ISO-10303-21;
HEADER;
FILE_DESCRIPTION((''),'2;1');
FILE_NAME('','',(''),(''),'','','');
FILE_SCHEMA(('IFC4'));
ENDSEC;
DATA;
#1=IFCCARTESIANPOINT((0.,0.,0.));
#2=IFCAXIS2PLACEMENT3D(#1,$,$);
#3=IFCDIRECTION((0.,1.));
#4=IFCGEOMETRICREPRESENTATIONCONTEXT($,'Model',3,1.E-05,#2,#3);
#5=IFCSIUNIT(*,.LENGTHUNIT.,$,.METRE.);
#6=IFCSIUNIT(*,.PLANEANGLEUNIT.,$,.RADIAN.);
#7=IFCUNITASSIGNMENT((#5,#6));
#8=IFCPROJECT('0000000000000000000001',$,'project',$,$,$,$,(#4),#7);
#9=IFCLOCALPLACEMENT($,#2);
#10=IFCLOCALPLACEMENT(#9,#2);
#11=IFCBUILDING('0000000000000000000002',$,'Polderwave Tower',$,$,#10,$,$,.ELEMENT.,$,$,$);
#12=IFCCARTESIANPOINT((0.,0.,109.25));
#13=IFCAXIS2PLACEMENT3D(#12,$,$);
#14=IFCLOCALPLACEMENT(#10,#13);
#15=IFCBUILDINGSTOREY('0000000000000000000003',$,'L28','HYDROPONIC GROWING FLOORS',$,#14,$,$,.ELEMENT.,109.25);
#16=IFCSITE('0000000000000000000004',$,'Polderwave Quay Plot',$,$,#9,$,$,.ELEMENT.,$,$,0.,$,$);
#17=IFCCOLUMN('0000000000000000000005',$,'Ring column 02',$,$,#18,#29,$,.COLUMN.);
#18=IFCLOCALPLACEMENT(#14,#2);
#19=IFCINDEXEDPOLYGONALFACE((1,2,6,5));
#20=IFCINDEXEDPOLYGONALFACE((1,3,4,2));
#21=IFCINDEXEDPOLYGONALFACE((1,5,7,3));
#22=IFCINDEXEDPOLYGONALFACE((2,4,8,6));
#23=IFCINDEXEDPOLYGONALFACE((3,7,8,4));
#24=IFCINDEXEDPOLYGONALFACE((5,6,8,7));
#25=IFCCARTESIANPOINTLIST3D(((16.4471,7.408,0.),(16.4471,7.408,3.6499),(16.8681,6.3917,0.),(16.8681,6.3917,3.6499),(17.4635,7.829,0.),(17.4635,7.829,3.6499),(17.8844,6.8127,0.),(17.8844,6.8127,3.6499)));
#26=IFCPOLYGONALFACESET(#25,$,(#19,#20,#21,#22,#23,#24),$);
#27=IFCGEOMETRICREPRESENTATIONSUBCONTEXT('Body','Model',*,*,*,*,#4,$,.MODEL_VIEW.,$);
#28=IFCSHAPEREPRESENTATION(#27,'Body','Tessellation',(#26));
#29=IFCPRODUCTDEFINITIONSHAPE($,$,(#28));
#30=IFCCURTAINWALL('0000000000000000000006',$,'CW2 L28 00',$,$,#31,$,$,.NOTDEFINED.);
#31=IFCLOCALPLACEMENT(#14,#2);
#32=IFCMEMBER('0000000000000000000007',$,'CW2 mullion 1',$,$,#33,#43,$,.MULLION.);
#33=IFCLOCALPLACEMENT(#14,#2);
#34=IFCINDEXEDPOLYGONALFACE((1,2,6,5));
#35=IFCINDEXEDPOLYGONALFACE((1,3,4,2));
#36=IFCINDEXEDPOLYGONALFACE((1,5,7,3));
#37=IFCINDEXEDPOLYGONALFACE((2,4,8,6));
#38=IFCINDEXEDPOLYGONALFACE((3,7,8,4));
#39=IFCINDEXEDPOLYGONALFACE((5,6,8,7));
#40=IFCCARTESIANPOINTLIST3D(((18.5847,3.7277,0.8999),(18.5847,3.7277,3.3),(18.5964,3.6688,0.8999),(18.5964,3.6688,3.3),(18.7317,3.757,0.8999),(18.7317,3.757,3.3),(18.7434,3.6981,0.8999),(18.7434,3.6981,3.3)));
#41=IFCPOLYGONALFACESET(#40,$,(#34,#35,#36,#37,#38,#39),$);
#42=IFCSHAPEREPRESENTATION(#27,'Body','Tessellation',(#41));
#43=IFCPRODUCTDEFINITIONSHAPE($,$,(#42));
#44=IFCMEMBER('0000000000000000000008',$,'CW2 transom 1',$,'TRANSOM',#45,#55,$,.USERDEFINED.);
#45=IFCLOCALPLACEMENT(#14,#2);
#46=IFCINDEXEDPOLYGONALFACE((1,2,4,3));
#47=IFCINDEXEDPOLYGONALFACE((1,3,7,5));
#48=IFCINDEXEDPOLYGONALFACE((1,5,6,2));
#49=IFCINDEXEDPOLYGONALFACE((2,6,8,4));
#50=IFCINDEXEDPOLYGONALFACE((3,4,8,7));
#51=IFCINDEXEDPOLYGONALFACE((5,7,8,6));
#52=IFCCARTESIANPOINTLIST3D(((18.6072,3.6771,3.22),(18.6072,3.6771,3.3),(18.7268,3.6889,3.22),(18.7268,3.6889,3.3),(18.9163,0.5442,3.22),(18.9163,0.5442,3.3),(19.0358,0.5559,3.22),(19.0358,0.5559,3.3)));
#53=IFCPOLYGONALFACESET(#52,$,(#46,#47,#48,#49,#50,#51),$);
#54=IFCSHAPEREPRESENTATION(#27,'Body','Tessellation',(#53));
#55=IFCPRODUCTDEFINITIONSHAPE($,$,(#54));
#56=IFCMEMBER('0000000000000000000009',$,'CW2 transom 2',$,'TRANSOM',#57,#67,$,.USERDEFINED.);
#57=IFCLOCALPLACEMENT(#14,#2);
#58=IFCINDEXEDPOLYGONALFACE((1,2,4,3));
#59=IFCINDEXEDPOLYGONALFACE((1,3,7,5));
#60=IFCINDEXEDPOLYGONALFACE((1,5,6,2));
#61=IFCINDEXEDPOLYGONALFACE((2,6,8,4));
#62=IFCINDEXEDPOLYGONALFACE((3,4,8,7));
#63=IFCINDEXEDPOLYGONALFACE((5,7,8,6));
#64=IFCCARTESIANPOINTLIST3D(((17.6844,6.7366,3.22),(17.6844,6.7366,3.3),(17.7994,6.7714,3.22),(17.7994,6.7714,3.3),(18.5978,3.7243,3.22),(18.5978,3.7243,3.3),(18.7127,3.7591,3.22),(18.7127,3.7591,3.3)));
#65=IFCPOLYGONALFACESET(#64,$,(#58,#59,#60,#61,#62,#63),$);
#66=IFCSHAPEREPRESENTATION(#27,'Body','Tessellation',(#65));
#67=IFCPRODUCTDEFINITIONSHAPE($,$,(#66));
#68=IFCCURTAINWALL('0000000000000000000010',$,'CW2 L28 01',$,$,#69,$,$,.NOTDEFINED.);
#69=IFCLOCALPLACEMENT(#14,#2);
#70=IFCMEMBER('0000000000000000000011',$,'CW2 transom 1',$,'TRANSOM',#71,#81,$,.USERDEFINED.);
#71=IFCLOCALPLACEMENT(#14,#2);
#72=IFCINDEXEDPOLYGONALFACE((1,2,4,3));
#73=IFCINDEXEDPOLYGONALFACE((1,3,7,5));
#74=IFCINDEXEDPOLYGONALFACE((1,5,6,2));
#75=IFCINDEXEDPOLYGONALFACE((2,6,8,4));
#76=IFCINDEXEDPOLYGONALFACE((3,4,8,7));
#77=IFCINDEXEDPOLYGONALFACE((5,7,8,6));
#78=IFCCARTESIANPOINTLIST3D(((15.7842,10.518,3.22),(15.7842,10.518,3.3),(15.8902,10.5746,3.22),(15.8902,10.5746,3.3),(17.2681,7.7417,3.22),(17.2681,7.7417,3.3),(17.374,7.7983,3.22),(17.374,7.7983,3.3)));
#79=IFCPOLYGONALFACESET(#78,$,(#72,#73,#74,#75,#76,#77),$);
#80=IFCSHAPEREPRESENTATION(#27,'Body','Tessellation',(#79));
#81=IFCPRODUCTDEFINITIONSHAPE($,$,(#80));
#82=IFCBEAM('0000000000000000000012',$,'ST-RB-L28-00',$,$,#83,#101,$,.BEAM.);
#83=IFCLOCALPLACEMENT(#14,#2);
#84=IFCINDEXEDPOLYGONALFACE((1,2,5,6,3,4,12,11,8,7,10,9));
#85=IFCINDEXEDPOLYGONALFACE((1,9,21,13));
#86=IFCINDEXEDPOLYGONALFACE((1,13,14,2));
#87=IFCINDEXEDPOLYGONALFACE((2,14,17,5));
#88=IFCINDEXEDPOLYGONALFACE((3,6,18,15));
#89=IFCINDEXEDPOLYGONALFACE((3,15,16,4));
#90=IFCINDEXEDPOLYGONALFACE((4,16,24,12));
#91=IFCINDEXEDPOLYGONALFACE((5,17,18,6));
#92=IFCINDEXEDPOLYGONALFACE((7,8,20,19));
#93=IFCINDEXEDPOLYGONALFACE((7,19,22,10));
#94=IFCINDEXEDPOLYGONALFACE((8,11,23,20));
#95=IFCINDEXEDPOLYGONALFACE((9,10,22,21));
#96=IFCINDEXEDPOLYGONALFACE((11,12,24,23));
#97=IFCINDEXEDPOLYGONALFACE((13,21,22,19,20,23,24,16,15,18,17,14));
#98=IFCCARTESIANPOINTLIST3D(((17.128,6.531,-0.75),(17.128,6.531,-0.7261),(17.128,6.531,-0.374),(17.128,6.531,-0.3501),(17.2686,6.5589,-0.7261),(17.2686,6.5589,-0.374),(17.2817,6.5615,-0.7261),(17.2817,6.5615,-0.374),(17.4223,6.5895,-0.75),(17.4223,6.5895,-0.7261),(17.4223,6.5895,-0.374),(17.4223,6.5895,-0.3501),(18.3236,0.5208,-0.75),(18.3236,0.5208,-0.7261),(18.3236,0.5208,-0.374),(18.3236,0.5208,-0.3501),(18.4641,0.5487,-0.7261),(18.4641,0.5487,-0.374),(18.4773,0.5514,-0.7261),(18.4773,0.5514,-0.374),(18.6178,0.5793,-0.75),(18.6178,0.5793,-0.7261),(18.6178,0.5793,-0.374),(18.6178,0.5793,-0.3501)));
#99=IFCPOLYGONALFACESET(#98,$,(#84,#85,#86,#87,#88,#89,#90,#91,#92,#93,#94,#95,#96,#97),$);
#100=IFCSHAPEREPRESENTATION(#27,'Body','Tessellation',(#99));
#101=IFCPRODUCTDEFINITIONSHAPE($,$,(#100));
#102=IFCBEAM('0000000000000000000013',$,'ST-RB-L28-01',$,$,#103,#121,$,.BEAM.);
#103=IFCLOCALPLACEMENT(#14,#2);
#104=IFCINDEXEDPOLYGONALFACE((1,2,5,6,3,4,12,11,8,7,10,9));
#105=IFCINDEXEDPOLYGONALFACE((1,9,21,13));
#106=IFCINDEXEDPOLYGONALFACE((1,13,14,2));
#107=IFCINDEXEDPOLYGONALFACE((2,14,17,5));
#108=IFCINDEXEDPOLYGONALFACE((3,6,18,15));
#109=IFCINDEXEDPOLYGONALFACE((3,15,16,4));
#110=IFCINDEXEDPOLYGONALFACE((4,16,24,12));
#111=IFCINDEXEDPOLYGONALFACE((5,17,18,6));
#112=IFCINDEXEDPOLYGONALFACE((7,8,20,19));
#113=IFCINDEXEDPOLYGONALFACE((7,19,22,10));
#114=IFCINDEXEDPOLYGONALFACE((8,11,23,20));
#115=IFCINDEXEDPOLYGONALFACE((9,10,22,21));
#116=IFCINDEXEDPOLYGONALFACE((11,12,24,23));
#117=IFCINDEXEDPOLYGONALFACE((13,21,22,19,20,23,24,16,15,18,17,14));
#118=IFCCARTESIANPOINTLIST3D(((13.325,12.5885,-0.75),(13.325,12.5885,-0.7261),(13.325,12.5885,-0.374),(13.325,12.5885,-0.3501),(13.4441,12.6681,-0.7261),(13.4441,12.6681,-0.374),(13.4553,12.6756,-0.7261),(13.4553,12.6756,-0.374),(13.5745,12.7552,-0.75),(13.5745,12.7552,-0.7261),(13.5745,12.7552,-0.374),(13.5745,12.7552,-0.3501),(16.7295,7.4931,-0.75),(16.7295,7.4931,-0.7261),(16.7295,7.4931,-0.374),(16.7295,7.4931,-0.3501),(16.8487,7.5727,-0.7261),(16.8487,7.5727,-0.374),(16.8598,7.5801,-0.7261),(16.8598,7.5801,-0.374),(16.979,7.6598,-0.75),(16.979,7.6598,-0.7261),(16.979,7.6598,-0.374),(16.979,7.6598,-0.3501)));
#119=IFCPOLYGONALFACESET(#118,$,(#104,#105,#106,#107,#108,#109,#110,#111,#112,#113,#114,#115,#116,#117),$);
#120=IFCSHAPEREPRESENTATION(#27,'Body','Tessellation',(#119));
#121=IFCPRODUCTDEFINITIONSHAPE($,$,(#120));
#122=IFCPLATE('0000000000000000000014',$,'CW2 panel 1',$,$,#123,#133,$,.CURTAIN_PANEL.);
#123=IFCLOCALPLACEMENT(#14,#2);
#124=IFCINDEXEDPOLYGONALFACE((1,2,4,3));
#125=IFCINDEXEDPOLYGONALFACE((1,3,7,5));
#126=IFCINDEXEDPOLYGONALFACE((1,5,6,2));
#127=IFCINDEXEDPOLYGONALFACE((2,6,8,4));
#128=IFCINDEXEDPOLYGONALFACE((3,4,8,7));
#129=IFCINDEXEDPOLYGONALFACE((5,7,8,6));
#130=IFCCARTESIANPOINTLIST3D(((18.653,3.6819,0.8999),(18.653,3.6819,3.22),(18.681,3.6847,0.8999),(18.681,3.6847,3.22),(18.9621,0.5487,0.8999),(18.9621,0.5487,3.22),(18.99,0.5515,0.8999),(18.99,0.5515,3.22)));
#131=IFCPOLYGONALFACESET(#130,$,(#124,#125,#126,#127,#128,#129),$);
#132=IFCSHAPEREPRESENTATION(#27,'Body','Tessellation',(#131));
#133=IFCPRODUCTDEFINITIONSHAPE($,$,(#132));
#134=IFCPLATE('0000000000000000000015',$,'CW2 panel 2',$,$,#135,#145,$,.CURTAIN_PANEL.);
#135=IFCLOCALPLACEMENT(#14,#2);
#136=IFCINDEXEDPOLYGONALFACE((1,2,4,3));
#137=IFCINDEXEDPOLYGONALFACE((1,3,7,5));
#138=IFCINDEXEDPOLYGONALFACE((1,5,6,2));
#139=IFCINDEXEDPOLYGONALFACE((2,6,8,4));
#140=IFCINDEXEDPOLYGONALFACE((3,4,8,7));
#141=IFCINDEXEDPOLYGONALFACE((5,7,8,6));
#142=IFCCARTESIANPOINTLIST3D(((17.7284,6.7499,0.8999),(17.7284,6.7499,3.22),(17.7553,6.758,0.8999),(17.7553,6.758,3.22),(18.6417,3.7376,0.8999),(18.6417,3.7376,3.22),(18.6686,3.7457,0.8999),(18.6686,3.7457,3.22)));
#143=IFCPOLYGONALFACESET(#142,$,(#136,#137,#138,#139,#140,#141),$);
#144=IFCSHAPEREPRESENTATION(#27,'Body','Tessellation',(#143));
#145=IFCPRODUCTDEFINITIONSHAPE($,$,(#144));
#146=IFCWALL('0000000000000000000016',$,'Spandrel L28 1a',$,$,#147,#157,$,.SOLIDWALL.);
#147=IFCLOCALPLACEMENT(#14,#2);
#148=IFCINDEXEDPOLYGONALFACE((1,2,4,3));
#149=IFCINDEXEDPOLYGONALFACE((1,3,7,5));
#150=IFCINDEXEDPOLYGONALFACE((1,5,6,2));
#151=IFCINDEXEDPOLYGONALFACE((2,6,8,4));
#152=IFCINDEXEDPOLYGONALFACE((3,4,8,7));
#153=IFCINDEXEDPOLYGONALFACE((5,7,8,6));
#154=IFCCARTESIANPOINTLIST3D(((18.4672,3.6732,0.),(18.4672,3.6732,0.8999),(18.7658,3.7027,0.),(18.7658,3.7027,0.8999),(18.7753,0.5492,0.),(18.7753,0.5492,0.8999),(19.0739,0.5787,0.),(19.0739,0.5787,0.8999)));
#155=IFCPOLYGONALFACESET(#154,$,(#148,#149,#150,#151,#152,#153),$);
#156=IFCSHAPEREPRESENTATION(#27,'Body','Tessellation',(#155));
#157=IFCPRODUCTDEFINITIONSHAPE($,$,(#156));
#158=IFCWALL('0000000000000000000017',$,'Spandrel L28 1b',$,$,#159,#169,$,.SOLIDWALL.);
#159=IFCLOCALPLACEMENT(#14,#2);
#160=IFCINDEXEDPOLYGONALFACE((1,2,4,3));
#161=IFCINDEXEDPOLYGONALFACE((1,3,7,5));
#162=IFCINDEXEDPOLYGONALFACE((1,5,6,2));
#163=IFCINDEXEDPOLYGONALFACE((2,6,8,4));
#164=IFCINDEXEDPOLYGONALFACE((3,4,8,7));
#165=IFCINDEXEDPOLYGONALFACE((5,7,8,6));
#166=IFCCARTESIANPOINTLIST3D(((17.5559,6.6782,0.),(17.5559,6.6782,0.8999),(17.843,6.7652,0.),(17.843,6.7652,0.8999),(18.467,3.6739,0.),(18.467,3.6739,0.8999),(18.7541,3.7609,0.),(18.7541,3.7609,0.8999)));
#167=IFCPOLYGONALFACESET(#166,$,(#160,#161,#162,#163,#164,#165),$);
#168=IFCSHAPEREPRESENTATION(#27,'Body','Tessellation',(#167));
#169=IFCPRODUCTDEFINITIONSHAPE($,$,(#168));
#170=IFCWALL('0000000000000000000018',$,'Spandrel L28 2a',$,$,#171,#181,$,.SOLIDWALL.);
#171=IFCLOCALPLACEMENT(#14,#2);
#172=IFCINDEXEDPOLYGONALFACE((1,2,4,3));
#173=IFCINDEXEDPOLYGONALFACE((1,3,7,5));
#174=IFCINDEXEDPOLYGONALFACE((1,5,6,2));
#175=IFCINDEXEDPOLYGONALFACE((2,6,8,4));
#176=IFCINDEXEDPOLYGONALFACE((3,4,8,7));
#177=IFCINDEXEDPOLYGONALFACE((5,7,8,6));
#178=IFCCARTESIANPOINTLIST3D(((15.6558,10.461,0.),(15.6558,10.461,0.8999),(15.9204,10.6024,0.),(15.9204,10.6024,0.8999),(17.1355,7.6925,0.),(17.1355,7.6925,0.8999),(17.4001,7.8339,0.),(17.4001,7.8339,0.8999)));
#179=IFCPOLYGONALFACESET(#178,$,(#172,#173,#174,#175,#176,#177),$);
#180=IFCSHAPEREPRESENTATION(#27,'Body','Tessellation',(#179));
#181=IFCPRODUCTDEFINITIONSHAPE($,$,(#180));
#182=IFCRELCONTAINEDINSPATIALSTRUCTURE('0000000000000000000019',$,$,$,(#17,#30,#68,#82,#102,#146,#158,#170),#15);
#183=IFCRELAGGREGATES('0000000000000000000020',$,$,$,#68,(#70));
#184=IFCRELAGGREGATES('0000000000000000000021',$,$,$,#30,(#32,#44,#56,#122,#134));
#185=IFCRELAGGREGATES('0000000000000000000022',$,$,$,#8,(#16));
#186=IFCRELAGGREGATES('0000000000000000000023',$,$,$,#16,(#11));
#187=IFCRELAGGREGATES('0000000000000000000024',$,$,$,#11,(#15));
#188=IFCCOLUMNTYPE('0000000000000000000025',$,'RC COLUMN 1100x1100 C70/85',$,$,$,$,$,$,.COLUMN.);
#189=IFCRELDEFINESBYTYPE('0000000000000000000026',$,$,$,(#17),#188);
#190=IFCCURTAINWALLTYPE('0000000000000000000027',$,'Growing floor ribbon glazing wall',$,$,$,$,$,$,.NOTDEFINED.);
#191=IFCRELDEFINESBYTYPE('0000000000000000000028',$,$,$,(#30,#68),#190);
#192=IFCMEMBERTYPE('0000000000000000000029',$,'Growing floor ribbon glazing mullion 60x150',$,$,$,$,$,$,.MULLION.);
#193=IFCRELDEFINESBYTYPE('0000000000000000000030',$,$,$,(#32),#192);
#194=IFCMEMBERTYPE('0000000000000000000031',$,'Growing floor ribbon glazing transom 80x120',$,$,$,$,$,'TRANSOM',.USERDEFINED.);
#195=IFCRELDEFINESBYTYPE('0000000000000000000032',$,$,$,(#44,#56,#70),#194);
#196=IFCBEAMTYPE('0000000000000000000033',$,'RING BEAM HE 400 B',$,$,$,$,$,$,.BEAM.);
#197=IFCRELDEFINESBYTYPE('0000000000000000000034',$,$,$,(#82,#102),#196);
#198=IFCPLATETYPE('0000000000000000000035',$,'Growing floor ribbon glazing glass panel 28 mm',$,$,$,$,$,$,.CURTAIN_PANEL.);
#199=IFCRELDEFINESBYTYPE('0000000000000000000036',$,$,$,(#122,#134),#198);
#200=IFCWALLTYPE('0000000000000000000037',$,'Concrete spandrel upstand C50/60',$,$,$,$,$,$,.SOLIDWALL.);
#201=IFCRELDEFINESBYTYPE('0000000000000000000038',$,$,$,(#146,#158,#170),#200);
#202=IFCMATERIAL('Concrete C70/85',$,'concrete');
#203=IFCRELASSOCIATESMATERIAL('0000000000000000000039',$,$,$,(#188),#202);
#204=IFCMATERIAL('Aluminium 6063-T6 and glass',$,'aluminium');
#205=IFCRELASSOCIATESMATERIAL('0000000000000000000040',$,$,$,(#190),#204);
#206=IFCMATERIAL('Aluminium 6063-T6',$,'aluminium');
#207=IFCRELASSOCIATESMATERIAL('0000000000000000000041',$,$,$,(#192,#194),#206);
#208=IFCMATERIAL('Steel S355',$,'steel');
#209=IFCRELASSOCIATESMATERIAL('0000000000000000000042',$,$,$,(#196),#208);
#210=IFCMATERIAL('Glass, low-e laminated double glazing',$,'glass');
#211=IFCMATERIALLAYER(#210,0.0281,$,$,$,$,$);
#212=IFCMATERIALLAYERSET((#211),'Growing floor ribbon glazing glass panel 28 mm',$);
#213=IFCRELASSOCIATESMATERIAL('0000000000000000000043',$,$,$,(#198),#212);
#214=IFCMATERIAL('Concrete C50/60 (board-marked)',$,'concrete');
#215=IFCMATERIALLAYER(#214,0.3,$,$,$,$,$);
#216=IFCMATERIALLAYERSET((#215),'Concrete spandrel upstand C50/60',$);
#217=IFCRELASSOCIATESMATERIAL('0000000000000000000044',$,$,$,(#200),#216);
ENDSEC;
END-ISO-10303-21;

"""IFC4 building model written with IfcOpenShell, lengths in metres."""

from ifc_helpers import new_model, si_unit, direction, frame, frame_2d, origin, origin_2d, place, context, subcontext, project, spatial, rectangle, i_section, extrude, material, layer, layer_set, material_profile, profile_set, type_object, element, aggregate, save


model = new_model("IFC4")

# Units and contexts
model_context = context("Model", 3, precision=1e-05, world=origin(), true_north=direction((0.0, 1.0)))
body_context = subcontext(model_context, "Body", "Model", "MODEL_VIEW")
ifc_project = project(units=[si_unit("LENGTHUNIT", "METRE"), si_unit("PLANEANGLEUNIT", "RADIAN")], contexts=[model_context])

# Site, building, storey
site_placement = place(None, origin())
site = spatial("IfcSite", under=ifc_project, at=site_placement, Name="Polderwave Quay Plot", CompositionType="ELEMENT", RefElevation=0.0)
building_placement = place(site_placement, origin())
building = spatial("IfcBuilding", under=site, at=building_placement, Name="Polderwave Tower", CompositionType="ELEMENT")
storey_placement = place(building_placement, frame((0.0, 0.0, 109.25)))
storey = spatial("IfcBuildingStorey", under=building, at=storey_placement, Name="L28", Description="HYDROPONIC GROWING FLOORS", CompositionType="ELEMENT", Elevation=109.25)

# Column
ifc_material_1 = material(Name="Concrete C70/85", Category="concrete")
ifc_material_profile_1 = material_profile(ifc_material_1, rectangle(XDim=1.1001, YDim=1.1001, at=origin_2d()), Name="RC 1100x1100")
ifc_profile_set_1 = profile_set([ifc_material_profile_1], Name="Concrete C70/85")
column_type = type_object("IfcColumnType", Name="RC COLUMN 1100x1100 C70/85", PredefinedType="COLUMN", material=ifc_profile_set_1)
column_placement = place(storey_placement, frame((17.1658, 7.1104, 0.0), z_axis=(0.0, 0.0, 1.0), x_axis=(0.92388, 0.382683, 0.0)))
element("IfcColumn", 1, at=column_placement, inside=storey, type_object=column_type, Name="Ring column 02", PredefinedType="COLUMN", context=body_context, shape_type="SweptSolid", body=[
    extrude(rectangle(XDim=1.1001, YDim=1.1001, at=origin_2d()), origin(), (0.0, 0.0, 1.0), 3.6499),
])

# Curtain wall, members
ifc_material_2 = material(Name="Aluminium 6063-T6 and glass", Category="aluminium")
curtain_wall_type = type_object("IfcCurtainWallType", Name="Growing floor ribbon glazing wall", PredefinedType="NOTDEFINED", material=ifc_material_2)
curtain_wall_1_placement = place(storey_placement, origin())
curtain_wall_1 = element("IfcCurtainWall", 2, at=curtain_wall_1_placement, inside=storey, type_object=curtain_wall_type, Name="CW2 L28 00", PredefinedType="NOTDEFINED")
ifc_material_3 = material(Name="Aluminium 6063-T6", Category="aluminium")
ifc_material_profile_2 = material_profile(ifc_material_3, rectangle(XDim=0.1499, YDim=0.0601, at=origin_2d()), Name="AL 60x150")
ifc_profile_set_2 = profile_set([ifc_material_profile_2], Name="Aluminium 6063-T6")
member_type_1 = type_object("IfcMemberType", Name="Growing floor ribbon glazing mullion 60x150", PredefinedType="MULLION", material=ifc_profile_set_2)
member_1_placement = place(storey_placement, frame((18.6641, 3.7129, 0.8999), z_axis=(0.0, 0.0, 1.0), x_axis=(-0.980785, -0.195092, 0.0)))
member_1 = element("IfcMember", 3, at=member_1_placement, type_object=member_type_1, Name="CW2 mullion 1", PredefinedType="MULLION", context=body_context, shape_type="SweptSolid", body=[
    extrude(rectangle(XDim=0.1499, YDim=0.0601, at=origin_2d()), origin(), (0.0, 0.0, 1.0), 2.4001),
])
ifc_material_profile_3 = material_profile(ifc_material_3, rectangle(XDim=0.1201, YDim=0.0801, at=origin_2d()), Name="AL 80x120")
ifc_profile_set_3 = profile_set([ifc_material_profile_3], Name="Aluminium 6063-T6")
member_type_2 = type_object("IfcMemberType", Name="Growing floor ribbon glazing transom 80x120", ElementType="TRANSOM", PredefinedType="USERDEFINED", material=ifc_profile_set_3)
member_2_placement = place(storey_placement, frame((18.9761, 0.55, 3.26), z_axis=(-0.098175, 0.995169, 0.0), x_axis=(-0.995169, -0.098175, 0.0)))
member_2 = element("IfcMember", 4, at=member_2_placement, type_object=member_type_2, Name="CW2 transom 1", ObjectType="TRANSOM", PredefinedType="USERDEFINED", context=body_context, shape_type="SweptSolid", body=[
    extrude(rectangle(XDim=0.1201, YDim=0.0801, at=origin_2d()), origin(), (0.0, 0.0, 1.0), 3.1482),
])
member_3_placement = place(storey_placement, frame((18.6553, 3.7417, 3.26), z_axis=(-0.290165, 0.956977, 0.0), x_axis=(-0.956977, -0.290165, 0.0)))
member_3 = element("IfcMember", 5, at=member_3_placement, type_object=member_type_2, Name="CW2 transom 2", ObjectType="TRANSOM", PredefinedType="USERDEFINED", context=body_context, shape_type="SweptSolid", body=[
    extrude(rectangle(XDim=0.1201, YDim=0.0801, at=origin_2d()), origin(), (0.0, 0.0, 1.0), 3.1477),
])

# Curtain wall, member
curtain_wall_2_placement = place(storey_placement, origin())
curtain_wall_2 = element("IfcCurtainWall", 6, at=curtain_wall_2_placement, inside=storey, type_object=curtain_wall_type, Name="CW2 L28 01", PredefinedType="NOTDEFINED")
member_4_placement = place(storey_placement, frame((17.321, 7.77, 3.26), z_axis=(-0.471369, 0.881936, 0.0), x_axis=(-0.881936, -0.471369, 0.0)))
member_4 = element("IfcMember", 7, at=member_4_placement, type_object=member_type_2, Name="CW2 transom 1", ObjectType="TRANSOM", PredefinedType="USERDEFINED", context=body_context, shape_type="SweptSolid", body=[
    extrude(rectangle(XDim=0.1201, YDim=0.0801, at=origin_2d()), origin(), (0.0, 0.0, 1.0), 3.1479),
])
aggregate(curtain_wall_2, [member_4])

# Beams
ifc_material_4 = material(Name="Steel S355", Category="steel")
ifc_material_profile_4 = material_profile(ifc_material_4, i_section(OverallWidth=0.3, OverallDepth=0.3999, WebThickness=0.0134, FlangeThickness=0.0239, at=origin_2d()), Name="HE 400 B")
ifc_profile_set_4 = profile_set([ifc_material_profile_4], Name="Steel S355")
beam_type = type_object("IfcBeamType", Name="RING BEAM HE 400 B", PredefinedType="BEAM", material=ifc_profile_set_4)
beam_1_placement = place(storey_placement, frame((18.4707, 0.55, -0.55), z_axis=(-0.195097, 0.980784, 0.0), x_axis=(-0.980784, -0.195097, 0.0)))
element("IfcBeam", 8, at=beam_1_placement, inside=storey, type_object=beam_type, Name="ST-RB-L28-00", PredefinedType="BEAM", context=body_context, shape_type="SweptSolid", body=[
    extrude(i_section(OverallWidth=0.3, OverallDepth=0.3999, WebThickness=0.0134, FlangeThickness=0.0239, at=origin_2d()), origin(), (0.0, 0.0, 1.0), 6.1279),
])
beam_2_placement = place(storey_placement, frame((16.8542, 7.5764, -0.55), z_axis=(-0.555555, 0.83148, 0.0), x_axis=(-0.83148, -0.555555, 0.0)))
element("IfcBeam", 9, at=beam_2_placement, inside=storey, type_object=beam_type, Name="ST-RB-L28-01", PredefinedType="BEAM", context=body_context, shape_type="SweptSolid", body=[
    extrude(i_section(OverallWidth=0.3, OverallDepth=0.3999, WebThickness=0.0134, FlangeThickness=0.0239, at=origin_2d()), origin(), (0.0, 0.0, 1.0), 6.1282),
])

# Plates
ifc_material_5 = material(Name="Glass, low-e laminated double glazing", Category="glass")
ifc_layer_1 = layer(ifc_material_5, 0.0281)
ifc_layer_set_1 = layer_set([ifc_layer_1], Name="Growing floor ribbon glazing glass panel 28 mm")
plate_type = type_object("IfcPlateType", Name="Growing floor ribbon glazing glass panel 28 mm", PredefinedType="CURTAIN_PANEL", material=ifc_layer_set_1)
plate_1_placement = place(storey_placement, frame((18.8215, 2.1167, 0.8999), z_axis=(0.0, 0.0, 1.0), x_axis=(-0.098165, 0.99517, 0.0)))
plate_1 = element("IfcPlate", 10, at=plate_1_placement, type_object=plate_type, Name="CW2 panel 1", PredefinedType="CURTAIN_PANEL", context=body_context, shape_type="SweptSolid", body=[
    extrude(rectangle(XDim=3.1484, YDim=0.0281, at=origin_2d()), origin(), (0.0, 0.0, 1.0), 2.3201),
])
plate_2_placement = place(storey_placement, frame((18.1985, 5.2478, 0.8999), z_axis=(0.0, 0.0, 1.0), x_axis=(-0.290148, 0.956982, 0.0)))
plate_2 = element("IfcPlate", 11, at=plate_2_placement, type_object=plate_type, Name="CW2 panel 2", PredefinedType="CURTAIN_PANEL", context=body_context, shape_type="SweptSolid", body=[
    extrude(rectangle(XDim=3.1477, YDim=0.0281, at=origin_2d()), origin(), (0.0, 0.0, 1.0), 2.3201),
])
aggregate(curtain_wall_1, [member_1, member_2, member_3, plate_1, plate_2])

# Walls
ifc_material_6 = material(Name="Concrete C50/60 (board-marked)", Category="concrete")
ifc_layer_2 = layer(ifc_material_6, 0.3)
ifc_layer_set_2 = layer_set([ifc_layer_2], Name="Concrete spandrel upstand C50/60")
wall_type_1 = type_object("IfcWallType", Name="Concrete spandrel upstand C50/60", PredefinedType="SOLIDWALL", material=ifc_layer_set_2)
wall_1_placement = place(storey_placement, frame((18.9246, 0.564, 0.0), z_axis=(0.0, 0.0, 1.0), x_axis=(-0.098148, 0.995172, 0.0)))
element("IfcWall", 12, at=wall_1_placement, inside=storey, type_object=wall_type_1, Name="Spandrel L28 1a", PredefinedType="SOLIDWALL", context=body_context, shape_type="SweptSolid", body=[
    extrude(rectangle(XDim=3.1392, YDim=0.3, at=frame_2d((1.5696, 0.0))), origin(), (0.0, 0.0, 1.0), 0.8999),
])
wall_2_placement = place(storey_placement, frame((18.6106, 3.7173, 0.0), z_axis=(0.0, 0.0, 1.0), x_axis=(-0.290215, 0.956962, 0.0)))
element("IfcWall", 13, at=wall_2_placement, inside=storey, type_object=wall_type_1, Name="Spandrel L28 1b", PredefinedType="SOLIDWALL", context=body_context, shape_type="SweptSolid", body=[
    extrude(rectangle(XDim=3.1394, YDim=0.3, at=frame_2d((1.5698, 0.0))), origin(), (0.0, 0.0, 1.0), 0.8999),
])
wall_3_placement = place(storey_placement, frame((17.2678, 7.7632, 0.0), z_axis=(0.0, 0.0, 1.0), x_axis=(-0.471375, 0.881933, 0.0)))
element("IfcWall", 14, at=wall_3_placement, inside=storey, type_object=wall_type_1, Name="Spandrel L28 2a", PredefinedType="SOLIDWALL", context=body_context, shape_type="SweptSolid", body=[
    extrude(rectangle(XDim=3.1392, YDim=0.3, at=frame_2d((1.5696, 0.0))), origin(), (0.0, 0.0, 1.0), 0.8999),
])

save(model, "model.ifc")
